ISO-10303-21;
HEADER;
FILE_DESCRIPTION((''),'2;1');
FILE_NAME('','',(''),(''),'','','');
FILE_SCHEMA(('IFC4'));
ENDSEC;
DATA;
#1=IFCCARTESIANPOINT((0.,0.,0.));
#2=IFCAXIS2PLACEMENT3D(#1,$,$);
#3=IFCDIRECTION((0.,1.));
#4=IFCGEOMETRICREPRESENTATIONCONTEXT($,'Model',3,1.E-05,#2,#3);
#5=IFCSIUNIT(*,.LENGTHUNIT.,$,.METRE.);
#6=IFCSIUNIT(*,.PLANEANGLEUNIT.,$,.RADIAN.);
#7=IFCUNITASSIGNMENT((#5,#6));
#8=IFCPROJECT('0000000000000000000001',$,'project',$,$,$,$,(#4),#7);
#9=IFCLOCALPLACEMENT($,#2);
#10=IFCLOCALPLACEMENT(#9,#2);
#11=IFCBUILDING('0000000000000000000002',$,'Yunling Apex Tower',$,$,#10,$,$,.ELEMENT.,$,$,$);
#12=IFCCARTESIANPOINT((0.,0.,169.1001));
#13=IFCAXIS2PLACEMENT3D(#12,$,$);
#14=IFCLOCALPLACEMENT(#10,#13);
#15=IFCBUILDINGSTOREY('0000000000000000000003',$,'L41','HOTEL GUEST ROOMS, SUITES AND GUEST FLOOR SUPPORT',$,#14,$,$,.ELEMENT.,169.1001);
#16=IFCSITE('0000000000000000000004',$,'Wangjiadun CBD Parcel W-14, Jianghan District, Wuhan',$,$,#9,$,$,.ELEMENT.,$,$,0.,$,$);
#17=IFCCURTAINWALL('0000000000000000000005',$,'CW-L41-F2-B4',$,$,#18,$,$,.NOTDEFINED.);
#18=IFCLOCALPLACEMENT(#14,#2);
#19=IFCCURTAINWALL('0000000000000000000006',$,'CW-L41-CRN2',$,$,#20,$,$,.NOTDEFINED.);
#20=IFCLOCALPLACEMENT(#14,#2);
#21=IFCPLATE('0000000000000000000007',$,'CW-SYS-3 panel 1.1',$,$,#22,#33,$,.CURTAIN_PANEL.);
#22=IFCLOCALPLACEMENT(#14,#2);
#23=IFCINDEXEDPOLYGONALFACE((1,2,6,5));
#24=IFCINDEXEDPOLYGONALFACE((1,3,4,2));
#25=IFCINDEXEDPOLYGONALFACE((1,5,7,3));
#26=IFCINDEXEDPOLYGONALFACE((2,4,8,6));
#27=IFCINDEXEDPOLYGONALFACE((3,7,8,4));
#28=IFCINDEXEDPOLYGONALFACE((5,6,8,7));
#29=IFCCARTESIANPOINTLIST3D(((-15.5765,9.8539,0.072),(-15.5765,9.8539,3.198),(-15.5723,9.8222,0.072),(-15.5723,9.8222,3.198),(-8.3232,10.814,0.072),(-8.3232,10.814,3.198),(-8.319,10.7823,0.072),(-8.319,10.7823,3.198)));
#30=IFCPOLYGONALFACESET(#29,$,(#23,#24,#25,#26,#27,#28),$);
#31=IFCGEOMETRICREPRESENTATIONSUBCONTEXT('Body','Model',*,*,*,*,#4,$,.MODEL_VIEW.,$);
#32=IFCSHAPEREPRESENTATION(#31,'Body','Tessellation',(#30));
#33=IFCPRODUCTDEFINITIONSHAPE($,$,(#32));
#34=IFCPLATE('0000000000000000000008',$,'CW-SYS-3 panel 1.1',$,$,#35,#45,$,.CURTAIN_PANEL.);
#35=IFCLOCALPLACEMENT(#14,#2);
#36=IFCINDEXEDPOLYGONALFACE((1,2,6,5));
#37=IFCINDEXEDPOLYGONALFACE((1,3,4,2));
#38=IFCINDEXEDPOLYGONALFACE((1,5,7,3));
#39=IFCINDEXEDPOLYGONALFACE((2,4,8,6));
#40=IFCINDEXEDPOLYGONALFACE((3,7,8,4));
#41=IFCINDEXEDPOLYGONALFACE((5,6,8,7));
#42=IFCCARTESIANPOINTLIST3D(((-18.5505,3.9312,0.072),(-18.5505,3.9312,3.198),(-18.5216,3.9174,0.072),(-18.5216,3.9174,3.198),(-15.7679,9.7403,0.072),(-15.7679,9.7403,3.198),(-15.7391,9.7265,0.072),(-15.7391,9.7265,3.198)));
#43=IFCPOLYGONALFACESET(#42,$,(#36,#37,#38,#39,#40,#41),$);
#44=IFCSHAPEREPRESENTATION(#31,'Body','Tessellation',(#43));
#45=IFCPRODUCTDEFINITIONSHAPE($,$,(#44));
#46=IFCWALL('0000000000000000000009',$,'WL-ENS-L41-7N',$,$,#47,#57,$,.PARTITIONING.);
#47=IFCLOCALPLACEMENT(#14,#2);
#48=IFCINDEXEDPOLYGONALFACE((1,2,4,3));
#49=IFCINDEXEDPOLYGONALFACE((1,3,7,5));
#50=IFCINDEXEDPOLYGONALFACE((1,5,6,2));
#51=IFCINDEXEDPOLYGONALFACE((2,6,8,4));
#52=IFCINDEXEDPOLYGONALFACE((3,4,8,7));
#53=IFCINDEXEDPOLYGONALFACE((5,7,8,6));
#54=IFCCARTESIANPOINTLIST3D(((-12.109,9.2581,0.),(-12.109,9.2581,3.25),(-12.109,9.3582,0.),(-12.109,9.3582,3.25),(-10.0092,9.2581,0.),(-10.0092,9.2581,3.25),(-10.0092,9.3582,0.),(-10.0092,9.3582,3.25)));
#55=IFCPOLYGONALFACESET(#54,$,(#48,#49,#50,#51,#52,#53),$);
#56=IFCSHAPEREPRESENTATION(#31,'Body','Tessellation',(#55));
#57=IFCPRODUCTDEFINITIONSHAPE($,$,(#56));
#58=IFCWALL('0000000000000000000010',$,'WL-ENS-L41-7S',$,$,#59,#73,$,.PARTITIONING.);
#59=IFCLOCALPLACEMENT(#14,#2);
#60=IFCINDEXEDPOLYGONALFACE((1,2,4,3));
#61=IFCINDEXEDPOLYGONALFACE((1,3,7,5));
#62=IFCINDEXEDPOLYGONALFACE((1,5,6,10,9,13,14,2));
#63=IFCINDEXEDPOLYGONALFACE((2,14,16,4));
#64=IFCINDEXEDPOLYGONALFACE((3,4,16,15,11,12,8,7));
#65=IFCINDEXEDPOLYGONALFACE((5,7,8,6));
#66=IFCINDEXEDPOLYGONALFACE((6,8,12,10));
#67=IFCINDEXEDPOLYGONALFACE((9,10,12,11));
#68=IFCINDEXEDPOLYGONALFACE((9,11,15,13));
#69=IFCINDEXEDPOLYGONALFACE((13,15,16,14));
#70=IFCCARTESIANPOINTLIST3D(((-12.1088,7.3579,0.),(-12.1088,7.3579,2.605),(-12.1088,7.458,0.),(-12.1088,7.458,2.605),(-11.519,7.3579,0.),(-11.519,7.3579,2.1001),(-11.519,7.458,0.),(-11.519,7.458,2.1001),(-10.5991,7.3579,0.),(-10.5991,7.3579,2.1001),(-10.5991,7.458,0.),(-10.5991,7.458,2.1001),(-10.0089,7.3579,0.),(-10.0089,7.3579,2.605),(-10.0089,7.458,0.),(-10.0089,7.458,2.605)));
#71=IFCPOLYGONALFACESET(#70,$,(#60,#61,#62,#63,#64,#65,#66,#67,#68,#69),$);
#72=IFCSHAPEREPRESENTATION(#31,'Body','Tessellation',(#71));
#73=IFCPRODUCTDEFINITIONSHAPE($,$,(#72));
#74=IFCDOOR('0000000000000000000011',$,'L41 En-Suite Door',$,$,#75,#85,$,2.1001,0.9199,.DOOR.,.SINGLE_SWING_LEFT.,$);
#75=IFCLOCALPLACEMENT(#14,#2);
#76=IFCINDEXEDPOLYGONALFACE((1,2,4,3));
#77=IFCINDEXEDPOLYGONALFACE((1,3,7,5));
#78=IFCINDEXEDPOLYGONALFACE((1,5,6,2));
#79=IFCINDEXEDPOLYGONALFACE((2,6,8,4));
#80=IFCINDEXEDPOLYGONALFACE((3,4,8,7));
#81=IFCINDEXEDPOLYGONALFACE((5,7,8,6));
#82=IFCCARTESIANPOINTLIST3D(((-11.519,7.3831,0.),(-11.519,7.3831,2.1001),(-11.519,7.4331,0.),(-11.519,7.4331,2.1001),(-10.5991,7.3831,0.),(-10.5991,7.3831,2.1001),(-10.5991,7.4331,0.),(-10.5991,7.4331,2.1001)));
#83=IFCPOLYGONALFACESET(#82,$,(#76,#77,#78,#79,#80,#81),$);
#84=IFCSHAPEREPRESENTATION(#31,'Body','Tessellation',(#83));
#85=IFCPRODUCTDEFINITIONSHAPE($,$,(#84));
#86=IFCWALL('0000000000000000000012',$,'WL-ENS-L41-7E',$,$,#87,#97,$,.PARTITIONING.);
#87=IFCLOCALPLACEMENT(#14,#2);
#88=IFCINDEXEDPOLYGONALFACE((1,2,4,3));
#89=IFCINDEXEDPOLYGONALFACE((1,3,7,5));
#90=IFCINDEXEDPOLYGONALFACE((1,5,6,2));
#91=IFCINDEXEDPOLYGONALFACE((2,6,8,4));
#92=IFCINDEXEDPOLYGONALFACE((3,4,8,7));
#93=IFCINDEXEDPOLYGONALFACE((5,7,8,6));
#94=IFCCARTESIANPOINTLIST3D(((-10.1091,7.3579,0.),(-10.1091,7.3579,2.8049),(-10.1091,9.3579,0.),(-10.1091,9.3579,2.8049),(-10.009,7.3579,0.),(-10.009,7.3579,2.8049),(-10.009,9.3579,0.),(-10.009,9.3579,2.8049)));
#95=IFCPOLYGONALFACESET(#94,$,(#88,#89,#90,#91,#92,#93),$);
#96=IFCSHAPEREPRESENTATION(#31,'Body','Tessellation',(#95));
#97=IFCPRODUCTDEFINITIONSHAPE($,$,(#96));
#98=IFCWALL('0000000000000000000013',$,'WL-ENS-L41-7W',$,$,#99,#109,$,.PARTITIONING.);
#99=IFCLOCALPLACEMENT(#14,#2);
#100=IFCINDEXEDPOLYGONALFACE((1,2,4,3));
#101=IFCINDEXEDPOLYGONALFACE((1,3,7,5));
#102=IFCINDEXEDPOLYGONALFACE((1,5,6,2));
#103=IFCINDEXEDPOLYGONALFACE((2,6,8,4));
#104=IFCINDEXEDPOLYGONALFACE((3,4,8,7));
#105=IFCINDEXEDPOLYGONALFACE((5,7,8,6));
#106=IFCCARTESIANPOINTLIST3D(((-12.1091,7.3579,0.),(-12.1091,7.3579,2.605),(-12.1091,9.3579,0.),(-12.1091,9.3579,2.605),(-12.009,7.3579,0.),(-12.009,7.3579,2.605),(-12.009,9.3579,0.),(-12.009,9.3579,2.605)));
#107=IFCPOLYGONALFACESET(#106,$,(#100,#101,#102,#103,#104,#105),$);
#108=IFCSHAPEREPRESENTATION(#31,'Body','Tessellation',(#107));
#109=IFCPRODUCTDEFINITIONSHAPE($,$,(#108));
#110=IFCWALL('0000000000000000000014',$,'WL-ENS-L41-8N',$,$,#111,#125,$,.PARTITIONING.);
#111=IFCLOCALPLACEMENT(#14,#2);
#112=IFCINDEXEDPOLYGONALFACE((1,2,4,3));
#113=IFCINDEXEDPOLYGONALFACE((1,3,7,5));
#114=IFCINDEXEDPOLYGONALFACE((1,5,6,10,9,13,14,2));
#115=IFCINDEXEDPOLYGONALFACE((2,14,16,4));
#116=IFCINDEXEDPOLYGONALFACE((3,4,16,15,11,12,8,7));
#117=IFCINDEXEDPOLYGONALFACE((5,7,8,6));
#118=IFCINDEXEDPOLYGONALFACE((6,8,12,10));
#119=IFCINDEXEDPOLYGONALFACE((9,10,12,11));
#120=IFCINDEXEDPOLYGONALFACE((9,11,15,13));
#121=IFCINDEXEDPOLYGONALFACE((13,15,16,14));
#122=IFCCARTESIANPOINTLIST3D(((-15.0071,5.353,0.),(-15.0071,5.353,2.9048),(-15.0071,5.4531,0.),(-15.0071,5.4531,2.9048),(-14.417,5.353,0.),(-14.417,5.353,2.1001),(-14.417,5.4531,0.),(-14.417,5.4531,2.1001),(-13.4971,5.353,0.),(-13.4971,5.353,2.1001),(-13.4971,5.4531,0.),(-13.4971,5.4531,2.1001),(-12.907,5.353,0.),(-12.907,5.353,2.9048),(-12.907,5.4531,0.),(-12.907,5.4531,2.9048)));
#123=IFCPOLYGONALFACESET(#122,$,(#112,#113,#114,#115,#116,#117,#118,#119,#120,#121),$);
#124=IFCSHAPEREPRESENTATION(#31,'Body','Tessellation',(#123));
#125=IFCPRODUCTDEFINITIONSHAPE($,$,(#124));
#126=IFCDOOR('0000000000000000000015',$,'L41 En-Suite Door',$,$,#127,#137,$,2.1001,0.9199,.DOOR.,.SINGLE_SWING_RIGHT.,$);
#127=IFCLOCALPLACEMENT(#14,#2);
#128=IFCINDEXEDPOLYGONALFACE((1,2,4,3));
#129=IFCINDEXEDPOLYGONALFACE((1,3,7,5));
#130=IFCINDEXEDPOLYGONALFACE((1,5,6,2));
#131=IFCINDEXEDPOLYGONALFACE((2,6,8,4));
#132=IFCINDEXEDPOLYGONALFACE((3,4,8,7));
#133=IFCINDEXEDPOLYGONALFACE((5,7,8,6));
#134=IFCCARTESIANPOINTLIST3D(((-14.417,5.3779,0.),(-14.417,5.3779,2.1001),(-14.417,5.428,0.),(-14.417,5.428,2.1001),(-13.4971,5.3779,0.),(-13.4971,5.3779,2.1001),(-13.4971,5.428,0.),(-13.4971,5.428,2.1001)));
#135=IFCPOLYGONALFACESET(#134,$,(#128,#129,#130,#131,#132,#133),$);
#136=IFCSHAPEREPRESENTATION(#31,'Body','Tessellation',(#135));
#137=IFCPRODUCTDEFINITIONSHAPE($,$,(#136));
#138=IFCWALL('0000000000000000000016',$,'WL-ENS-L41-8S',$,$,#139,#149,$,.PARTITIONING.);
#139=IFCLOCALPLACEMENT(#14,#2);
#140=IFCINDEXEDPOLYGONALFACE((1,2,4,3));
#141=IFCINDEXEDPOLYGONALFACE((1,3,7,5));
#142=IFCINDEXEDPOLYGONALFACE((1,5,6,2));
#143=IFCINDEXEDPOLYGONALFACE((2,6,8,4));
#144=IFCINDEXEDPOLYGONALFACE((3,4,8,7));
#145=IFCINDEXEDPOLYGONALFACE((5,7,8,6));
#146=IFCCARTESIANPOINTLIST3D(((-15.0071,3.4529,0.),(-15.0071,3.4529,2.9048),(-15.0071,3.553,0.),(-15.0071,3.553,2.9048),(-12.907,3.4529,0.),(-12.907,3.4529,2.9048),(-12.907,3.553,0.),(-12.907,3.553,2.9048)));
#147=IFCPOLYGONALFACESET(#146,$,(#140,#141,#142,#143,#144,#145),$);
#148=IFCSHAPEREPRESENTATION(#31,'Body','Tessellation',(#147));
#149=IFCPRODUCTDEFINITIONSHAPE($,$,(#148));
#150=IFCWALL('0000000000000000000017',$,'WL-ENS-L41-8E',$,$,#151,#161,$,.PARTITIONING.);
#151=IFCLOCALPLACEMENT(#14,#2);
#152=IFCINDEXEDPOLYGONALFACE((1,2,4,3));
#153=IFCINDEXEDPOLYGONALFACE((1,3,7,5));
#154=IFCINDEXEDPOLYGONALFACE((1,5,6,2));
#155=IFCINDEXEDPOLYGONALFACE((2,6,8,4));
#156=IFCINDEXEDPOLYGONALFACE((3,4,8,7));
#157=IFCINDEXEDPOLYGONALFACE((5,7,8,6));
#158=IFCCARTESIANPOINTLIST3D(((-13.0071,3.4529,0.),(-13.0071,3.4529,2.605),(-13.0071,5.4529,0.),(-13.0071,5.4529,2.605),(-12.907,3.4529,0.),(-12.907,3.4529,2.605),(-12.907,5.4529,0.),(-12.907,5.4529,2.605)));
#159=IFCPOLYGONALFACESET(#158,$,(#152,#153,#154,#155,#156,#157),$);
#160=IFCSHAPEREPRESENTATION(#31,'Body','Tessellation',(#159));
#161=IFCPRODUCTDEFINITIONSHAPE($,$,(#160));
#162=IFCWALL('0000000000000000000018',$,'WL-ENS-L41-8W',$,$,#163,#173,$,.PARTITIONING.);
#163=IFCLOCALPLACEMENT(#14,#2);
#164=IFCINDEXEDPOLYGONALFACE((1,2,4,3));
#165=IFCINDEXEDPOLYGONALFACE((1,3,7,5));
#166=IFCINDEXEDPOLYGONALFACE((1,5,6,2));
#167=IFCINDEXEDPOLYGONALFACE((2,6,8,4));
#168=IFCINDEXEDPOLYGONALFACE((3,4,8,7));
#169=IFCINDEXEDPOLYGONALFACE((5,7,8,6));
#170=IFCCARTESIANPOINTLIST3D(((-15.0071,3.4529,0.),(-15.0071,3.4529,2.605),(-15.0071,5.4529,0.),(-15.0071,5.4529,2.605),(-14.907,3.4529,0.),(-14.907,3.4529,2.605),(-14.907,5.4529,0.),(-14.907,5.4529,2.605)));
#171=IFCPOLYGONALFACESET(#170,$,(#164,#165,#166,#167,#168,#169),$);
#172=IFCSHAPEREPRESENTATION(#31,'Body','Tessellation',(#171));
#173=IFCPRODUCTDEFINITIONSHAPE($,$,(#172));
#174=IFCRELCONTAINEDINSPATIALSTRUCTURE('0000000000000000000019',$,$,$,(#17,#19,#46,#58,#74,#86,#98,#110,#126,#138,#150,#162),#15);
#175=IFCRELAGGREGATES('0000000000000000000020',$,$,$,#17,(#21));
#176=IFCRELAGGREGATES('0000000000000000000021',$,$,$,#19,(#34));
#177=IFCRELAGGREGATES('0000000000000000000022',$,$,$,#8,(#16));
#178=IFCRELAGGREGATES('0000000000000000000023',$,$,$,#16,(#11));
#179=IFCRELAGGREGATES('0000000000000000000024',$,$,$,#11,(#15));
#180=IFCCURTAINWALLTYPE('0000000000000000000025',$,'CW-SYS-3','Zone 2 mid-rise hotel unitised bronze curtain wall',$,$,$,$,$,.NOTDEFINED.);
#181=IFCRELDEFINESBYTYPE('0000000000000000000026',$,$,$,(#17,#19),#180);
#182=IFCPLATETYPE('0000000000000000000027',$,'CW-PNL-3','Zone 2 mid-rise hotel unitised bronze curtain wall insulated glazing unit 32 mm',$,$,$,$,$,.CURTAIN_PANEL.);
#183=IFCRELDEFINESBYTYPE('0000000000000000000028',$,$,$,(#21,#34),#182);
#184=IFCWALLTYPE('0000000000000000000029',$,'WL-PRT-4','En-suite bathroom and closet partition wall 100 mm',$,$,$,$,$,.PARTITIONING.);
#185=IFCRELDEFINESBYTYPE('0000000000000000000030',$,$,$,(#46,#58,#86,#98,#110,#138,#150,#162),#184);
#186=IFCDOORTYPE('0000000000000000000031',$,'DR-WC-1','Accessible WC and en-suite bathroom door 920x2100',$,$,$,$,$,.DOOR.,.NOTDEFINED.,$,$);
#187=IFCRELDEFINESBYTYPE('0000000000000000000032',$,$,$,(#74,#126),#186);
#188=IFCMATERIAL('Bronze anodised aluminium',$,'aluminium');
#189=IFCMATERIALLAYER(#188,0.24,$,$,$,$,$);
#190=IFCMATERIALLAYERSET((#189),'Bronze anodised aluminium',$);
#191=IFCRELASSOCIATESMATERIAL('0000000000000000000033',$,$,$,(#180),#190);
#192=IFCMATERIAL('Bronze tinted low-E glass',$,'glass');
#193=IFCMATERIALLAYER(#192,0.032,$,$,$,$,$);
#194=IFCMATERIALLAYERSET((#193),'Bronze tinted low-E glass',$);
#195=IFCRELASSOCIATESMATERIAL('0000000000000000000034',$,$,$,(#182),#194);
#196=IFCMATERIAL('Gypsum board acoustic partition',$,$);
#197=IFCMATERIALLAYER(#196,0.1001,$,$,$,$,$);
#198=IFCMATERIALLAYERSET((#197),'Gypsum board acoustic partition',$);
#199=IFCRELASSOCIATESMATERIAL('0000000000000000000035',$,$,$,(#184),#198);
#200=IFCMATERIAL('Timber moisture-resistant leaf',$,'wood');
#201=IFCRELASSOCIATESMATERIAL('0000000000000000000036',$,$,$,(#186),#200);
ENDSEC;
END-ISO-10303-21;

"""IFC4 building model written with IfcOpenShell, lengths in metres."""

from ifc_helpers import new_model, si_unit, direction, frame, frame_2d, origin, origin_2d, place, context, subcontext, project, spatial, rectangle, extrude, source, transform, mapped, material, layer, layer_set, type_object, element, fill, aggregate, save


model = new_model("IFC4")

# Units and contexts
model_context = context("Model", 3, precision=1e-05, world=origin(), true_north=direction((0.0, 1.0)))
body_context = subcontext(model_context, "Body", "Model", "MODEL_VIEW")
ifc_project = project(units=[si_unit("LENGTHUNIT", "METRE"), si_unit("PLANEANGLEUNIT", "RADIAN")], contexts=[model_context])

# Site, building, storey
site_placement = place(None, origin())
site = spatial("IfcSite", under=ifc_project, at=site_placement, Name="Wangjiadun CBD Parcel W-14, Jianghan District, Wuhan", CompositionType="ELEMENT", RefElevation=0.0)
building_placement = place(site_placement, origin())
building = spatial("IfcBuilding", under=site, at=building_placement, Name="Yunling Apex Tower", CompositionType="ELEMENT")
storey_placement = place(building_placement, frame((0.0, 0.0, 169.1001)))
storey = spatial("IfcBuildingStorey", under=building, at=storey_placement, Name="L41", Description="HOTEL GUEST ROOMS, SUITES AND GUEST FLOOR SUPPORT", CompositionType="ELEMENT", Elevation=169.1001)

# Curtain wall
ifc_material_1 = material(Name="Bronze anodised aluminium", Category="aluminium")
ifc_layer_1 = layer(ifc_material_1, 0.24)
ifc_layer_set_1 = layer_set([ifc_layer_1], Name="Bronze anodised aluminium")
curtain_wall_type = type_object("IfcCurtainWallType", Name="CW-SYS-3", Description="Zone 2 mid-rise hotel unitised bronze curtain wall", PredefinedType="NOTDEFINED", material=ifc_layer_set_1)
curtain_wall_1_placement = place(storey_placement, origin())
curtain_wall_1 = element("IfcCurtainWall", 1, at=curtain_wall_1_placement, inside=storey, type_object=curtain_wall_type, Name="CW-L41-F2-B4", PredefinedType="NOTDEFINED")

# Curtain wall
curtain_wall_2_placement = place(storey_placement, origin())
curtain_wall_2 = element("IfcCurtainWall", 2, at=curtain_wall_2_placement, inside=storey, type_object=curtain_wall_type, Name="CW-L41-CRN2", PredefinedType="NOTDEFINED")

# Plates
ifc_material_2 = material(Name="Bronze tinted low-E glass", Category="glass")
ifc_layer_2 = layer(ifc_material_2, 0.032)
ifc_layer_set_2 = layer_set([ifc_layer_2], Name="Bronze tinted low-E glass")
plate_type = type_object("IfcPlateType", Name="CW-PNL-3", Description="Zone 2 mid-rise hotel unitised bronze curtain wall insulated glazing unit 32 mm", PredefinedType="CURTAIN_PANEL", material=ifc_layer_set_2)
shared_shape_1 = source(origin(), body_context, "Body", "SweptSolid", [
    extrude(rectangle(XDim=7.3167, YDim=0.032, at=origin_2d()), origin(), (0.0, 0.0, 1.0), 3.126),
])
plate_1_placement = place(storey_placement, frame((-11.9478, 10.3181, 0.072), z_axis=(0.0, 0.0, 1.0), x_axis=(-0.991353, -0.131222, 0.0)))
plate_1 = element("IfcPlate", 3, at=plate_1_placement, type_object=plate_type, Name="CW-SYS-3 panel 1.1", PredefinedType="CURTAIN_PANEL", context=body_context, shape_type="MappedRepresentation", body=[
    mapped(shared_shape_1, transform((0.0, 0.0, 0.0), scale=1.0)),
])
aggregate(curtain_wall_1, [plate_1])
shared_shape_2 = source(origin(), body_context, "Body", "SweptSolid", [
    extrude(rectangle(XDim=6.4412, YDim=0.032, at=origin_2d()), origin(), (0.0, 0.0, 1.0), 3.126),
])
plate_2_placement = place(storey_placement, frame((-17.1448, 6.8289, 0.072), z_axis=(0.0, 0.0, 1.0), x_axis=(-0.431994, -0.901877, 0.0)))
plate_2 = element("IfcPlate", 4, at=plate_2_placement, type_object=plate_type, Name="CW-SYS-3 panel 1.1", PredefinedType="CURTAIN_PANEL", context=body_context, shape_type="MappedRepresentation", body=[
    mapped(shared_shape_2, transform((0.0, 0.0, 0.0), scale=1.0)),
])
aggregate(curtain_wall_2, [plate_2])

# Wall
ifc_material_3 = material(Name="Gypsum board acoustic partition")
ifc_layer_3 = layer(ifc_material_3, 0.1001)
ifc_layer_set_3 = layer_set([ifc_layer_3], Name="Gypsum board acoustic partition")
wall_type = type_object("IfcWallType", Name="WL-PRT-4", Description="En-suite bathroom and closet partition wall 100 mm", PredefinedType="PARTITIONING", material=ifc_layer_set_3)
wall_1_placement = place(storey_placement, frame((-12.1089, 9.3081, 0.0), z_axis=(0.0, 0.0, 1.0), x_axis=(1.0, 0.0, 0.0)))
element("IfcWall", 5, at=wall_1_placement, inside=storey, type_object=wall_type, Name="WL-ENS-L41-7N", PredefinedType="PARTITIONING", context=body_context, shape_type="SweptSolid", body=[
    extrude(rectangle(XDim=2.0999, YDim=0.1001, at=frame_2d((1.0498, 0.0))), origin(), (0.0, 0.0, 1.0), 3.25),
])

# Wall, opening, door
wall_2_placement = place(storey_placement, frame((-10.009, 7.408, 0.0), z_axis=(0.0, 0.0, 1.0), x_axis=(-1.0, 0.0, 0.0)))
wall_2 = element("IfcWall", 6, at=wall_2_placement, inside=storey, type_object=wall_type, Name="WL-ENS-L41-7S", PredefinedType="PARTITIONING", context=body_context, shape_type="SweptSolid", body=[
    extrude(rectangle(XDim=2.0999, YDim=0.1001, at=frame_2d((1.0498, 0.0))), origin(), (0.0, 0.0, 1.0), 2.605),
])
opening_1_placement = place(wall_2_placement, frame((0.5901, 0.0, 0.0)))
opening_1 = element("IfcOpeningElement", 7, at=opening_1_placement, cuts=wall_2, PredefinedType="OPENING", context=body_context, shape_type="SweptSolid", body=[
    extrude(rectangle(XDim=0.9199, YDim=2.1001, at=frame_2d((0.46, 1.05))), frame((0.0, 0.0601, 0.0), z_axis=(0.0, -1.0, 0.0), x_axis=(1.0, 0.0, 0.0)), (0.0, 0.0, 1.0), 0.1201),
])
ifc_material_4 = material(Name="Timber moisture-resistant leaf", Category="wood")
door_type = type_object("IfcDoorType", Name="DR-WC-1", Description="Accessible WC and en-suite bathroom door 920x2100", OperationType="NOTDEFINED", PredefinedType="DOOR", material=ifc_material_4)
door_1_placement = place(opening_1_placement, origin())
door_1 = element("IfcDoor", 8, at=door_1_placement, inside=storey, type_object=door_type, Name="L41 En-Suite Door", OperationType="SINGLE_SWING_LEFT", OverallHeight=2.1001, OverallWidth=0.9199, PredefinedType="DOOR", context=body_context, shape_type="SweptSolid", body=[
    extrude(rectangle(XDim=0.9199, YDim=2.1001, at=frame_2d((0.46, 1.05))), frame((0.0, 0.0249, 0.0), z_axis=(0.0, -1.0, 0.0), x_axis=(1.0, 0.0, 0.0)), (0.0, 0.0, 1.0), 0.05),
])
fill(opening_1, door_1)

# Walls
wall_3_placement = place(storey_placement, frame((-10.0591, 9.3579, 0.0), z_axis=(0.0, 0.0, 1.0), x_axis=(0.0, -1.0, 0.0)))
element("IfcWall", 9, at=wall_3_placement, inside=storey, type_object=wall_type, Name="WL-ENS-L41-7E", PredefinedType="PARTITIONING", context=body_context, shape_type="SweptSolid", body=[
    extrude(rectangle(XDim=2.0, YDim=0.1001, at=frame_2d((1.0, 0.0))), origin(), (0.0, 0.0, 1.0), 2.8049),
])
wall_4_placement = place(storey_placement, frame((-12.0591, 7.3579, 0.0), z_axis=(0.0, 0.0, 1.0), x_axis=(0.0, 1.0, 0.0)))
element("IfcWall", 10, at=wall_4_placement, inside=storey, type_object=wall_type, Name="WL-ENS-L41-7W", PredefinedType="PARTITIONING", context=body_context, shape_type="SweptSolid", body=[
    extrude(rectangle(XDim=2.0, YDim=0.1001, at=frame_2d((1.0, 0.0))), origin(), (0.0, 0.0, 1.0), 2.605),
])

# Wall, opening, door
wall_5_placement = place(storey_placement, frame((-15.0071, 5.4031, 0.0), z_axis=(0.0, 0.0, 1.0), x_axis=(1.0, 0.0, 0.0)))
wall_5 = element("IfcWall", 11, at=wall_5_placement, inside=storey, type_object=wall_type, Name="WL-ENS-L41-8N", PredefinedType="PARTITIONING", context=body_context, shape_type="SweptSolid", body=[
    extrude(rectangle(XDim=2.1001, YDim=0.1001, at=frame_2d((1.05, 0.0))), origin(), (0.0, 0.0, 1.0), 2.9048),
])
opening_2_placement = place(wall_5_placement, frame((0.5901, 0.0, 0.0)))
opening_2 = element("IfcOpeningElement", 12, at=opening_2_placement, cuts=wall_5, PredefinedType="OPENING", context=body_context, shape_type="SweptSolid", body=[
    extrude(rectangle(XDim=0.9199, YDim=2.1001, at=frame_2d((0.46, 1.05))), frame((0.0, 0.0601, 0.0), z_axis=(0.0, -1.0, 0.0), x_axis=(1.0, 0.0, 0.0)), (0.0, 0.0, 1.0), 0.1201),
])
door_2_placement = place(opening_2_placement, origin())
door_2 = element("IfcDoor", 13, at=door_2_placement, inside=storey, type_object=door_type, Name="L41 En-Suite Door", OperationType="SINGLE_SWING_RIGHT", OverallHeight=2.1001, OverallWidth=0.9199, PredefinedType="DOOR", context=body_context, shape_type="SweptSolid", body=[
    extrude(rectangle(XDim=0.9199, YDim=2.1001, at=frame_2d((0.46, 1.05))), frame((0.0, 0.0249, 0.0), z_axis=(0.0, -1.0, 0.0), x_axis=(1.0, 0.0, 0.0)), (0.0, 0.0, 1.0), 0.05),
])
fill(opening_2, door_2)

# Walls
wall_6_placement = place(storey_placement, frame((-12.907, 3.5029, 0.0), z_axis=(0.0, 0.0, 1.0), x_axis=(-1.0, 0.0, 0.0)))
element("IfcWall", 14, at=wall_6_placement, inside=storey, type_object=wall_type, Name="WL-ENS-L41-8S", PredefinedType="PARTITIONING", context=body_context, shape_type="SweptSolid", body=[
    extrude(rectangle(XDim=2.1001, YDim=0.1001, at=frame_2d((1.05, 0.0))), origin(), (0.0, 0.0, 1.0), 2.9048),
])
for number, where, z_axis, x_axis, name in (
    (15, (-12.957, 5.4529, 0.0), (0.0, 0.0, 1.0), (0.0, -1.0, 0.0), "WL-ENS-L41-8E"),
    (16, (-14.957, 3.4529, 0.0), (0.0, 0.0, 1.0), (0.0, 1.0, 0.0), "WL-ENS-L41-8W"),
):
    element("IfcWall", number, at=place(storey_placement, frame(where, z_axis=z_axis, x_axis=x_axis)), inside=storey, type_object=wall_type, Name=name, PredefinedType="PARTITIONING", context=body_context, shape_type="SweptSolid", body=[
        extrude(rectangle(XDim=2.0, YDim=0.1001, at=frame_2d((1.0, 0.0))), origin(), (0.0, 0.0, 1.0), 2.605),
    ])

save(model, "model.ifc")
